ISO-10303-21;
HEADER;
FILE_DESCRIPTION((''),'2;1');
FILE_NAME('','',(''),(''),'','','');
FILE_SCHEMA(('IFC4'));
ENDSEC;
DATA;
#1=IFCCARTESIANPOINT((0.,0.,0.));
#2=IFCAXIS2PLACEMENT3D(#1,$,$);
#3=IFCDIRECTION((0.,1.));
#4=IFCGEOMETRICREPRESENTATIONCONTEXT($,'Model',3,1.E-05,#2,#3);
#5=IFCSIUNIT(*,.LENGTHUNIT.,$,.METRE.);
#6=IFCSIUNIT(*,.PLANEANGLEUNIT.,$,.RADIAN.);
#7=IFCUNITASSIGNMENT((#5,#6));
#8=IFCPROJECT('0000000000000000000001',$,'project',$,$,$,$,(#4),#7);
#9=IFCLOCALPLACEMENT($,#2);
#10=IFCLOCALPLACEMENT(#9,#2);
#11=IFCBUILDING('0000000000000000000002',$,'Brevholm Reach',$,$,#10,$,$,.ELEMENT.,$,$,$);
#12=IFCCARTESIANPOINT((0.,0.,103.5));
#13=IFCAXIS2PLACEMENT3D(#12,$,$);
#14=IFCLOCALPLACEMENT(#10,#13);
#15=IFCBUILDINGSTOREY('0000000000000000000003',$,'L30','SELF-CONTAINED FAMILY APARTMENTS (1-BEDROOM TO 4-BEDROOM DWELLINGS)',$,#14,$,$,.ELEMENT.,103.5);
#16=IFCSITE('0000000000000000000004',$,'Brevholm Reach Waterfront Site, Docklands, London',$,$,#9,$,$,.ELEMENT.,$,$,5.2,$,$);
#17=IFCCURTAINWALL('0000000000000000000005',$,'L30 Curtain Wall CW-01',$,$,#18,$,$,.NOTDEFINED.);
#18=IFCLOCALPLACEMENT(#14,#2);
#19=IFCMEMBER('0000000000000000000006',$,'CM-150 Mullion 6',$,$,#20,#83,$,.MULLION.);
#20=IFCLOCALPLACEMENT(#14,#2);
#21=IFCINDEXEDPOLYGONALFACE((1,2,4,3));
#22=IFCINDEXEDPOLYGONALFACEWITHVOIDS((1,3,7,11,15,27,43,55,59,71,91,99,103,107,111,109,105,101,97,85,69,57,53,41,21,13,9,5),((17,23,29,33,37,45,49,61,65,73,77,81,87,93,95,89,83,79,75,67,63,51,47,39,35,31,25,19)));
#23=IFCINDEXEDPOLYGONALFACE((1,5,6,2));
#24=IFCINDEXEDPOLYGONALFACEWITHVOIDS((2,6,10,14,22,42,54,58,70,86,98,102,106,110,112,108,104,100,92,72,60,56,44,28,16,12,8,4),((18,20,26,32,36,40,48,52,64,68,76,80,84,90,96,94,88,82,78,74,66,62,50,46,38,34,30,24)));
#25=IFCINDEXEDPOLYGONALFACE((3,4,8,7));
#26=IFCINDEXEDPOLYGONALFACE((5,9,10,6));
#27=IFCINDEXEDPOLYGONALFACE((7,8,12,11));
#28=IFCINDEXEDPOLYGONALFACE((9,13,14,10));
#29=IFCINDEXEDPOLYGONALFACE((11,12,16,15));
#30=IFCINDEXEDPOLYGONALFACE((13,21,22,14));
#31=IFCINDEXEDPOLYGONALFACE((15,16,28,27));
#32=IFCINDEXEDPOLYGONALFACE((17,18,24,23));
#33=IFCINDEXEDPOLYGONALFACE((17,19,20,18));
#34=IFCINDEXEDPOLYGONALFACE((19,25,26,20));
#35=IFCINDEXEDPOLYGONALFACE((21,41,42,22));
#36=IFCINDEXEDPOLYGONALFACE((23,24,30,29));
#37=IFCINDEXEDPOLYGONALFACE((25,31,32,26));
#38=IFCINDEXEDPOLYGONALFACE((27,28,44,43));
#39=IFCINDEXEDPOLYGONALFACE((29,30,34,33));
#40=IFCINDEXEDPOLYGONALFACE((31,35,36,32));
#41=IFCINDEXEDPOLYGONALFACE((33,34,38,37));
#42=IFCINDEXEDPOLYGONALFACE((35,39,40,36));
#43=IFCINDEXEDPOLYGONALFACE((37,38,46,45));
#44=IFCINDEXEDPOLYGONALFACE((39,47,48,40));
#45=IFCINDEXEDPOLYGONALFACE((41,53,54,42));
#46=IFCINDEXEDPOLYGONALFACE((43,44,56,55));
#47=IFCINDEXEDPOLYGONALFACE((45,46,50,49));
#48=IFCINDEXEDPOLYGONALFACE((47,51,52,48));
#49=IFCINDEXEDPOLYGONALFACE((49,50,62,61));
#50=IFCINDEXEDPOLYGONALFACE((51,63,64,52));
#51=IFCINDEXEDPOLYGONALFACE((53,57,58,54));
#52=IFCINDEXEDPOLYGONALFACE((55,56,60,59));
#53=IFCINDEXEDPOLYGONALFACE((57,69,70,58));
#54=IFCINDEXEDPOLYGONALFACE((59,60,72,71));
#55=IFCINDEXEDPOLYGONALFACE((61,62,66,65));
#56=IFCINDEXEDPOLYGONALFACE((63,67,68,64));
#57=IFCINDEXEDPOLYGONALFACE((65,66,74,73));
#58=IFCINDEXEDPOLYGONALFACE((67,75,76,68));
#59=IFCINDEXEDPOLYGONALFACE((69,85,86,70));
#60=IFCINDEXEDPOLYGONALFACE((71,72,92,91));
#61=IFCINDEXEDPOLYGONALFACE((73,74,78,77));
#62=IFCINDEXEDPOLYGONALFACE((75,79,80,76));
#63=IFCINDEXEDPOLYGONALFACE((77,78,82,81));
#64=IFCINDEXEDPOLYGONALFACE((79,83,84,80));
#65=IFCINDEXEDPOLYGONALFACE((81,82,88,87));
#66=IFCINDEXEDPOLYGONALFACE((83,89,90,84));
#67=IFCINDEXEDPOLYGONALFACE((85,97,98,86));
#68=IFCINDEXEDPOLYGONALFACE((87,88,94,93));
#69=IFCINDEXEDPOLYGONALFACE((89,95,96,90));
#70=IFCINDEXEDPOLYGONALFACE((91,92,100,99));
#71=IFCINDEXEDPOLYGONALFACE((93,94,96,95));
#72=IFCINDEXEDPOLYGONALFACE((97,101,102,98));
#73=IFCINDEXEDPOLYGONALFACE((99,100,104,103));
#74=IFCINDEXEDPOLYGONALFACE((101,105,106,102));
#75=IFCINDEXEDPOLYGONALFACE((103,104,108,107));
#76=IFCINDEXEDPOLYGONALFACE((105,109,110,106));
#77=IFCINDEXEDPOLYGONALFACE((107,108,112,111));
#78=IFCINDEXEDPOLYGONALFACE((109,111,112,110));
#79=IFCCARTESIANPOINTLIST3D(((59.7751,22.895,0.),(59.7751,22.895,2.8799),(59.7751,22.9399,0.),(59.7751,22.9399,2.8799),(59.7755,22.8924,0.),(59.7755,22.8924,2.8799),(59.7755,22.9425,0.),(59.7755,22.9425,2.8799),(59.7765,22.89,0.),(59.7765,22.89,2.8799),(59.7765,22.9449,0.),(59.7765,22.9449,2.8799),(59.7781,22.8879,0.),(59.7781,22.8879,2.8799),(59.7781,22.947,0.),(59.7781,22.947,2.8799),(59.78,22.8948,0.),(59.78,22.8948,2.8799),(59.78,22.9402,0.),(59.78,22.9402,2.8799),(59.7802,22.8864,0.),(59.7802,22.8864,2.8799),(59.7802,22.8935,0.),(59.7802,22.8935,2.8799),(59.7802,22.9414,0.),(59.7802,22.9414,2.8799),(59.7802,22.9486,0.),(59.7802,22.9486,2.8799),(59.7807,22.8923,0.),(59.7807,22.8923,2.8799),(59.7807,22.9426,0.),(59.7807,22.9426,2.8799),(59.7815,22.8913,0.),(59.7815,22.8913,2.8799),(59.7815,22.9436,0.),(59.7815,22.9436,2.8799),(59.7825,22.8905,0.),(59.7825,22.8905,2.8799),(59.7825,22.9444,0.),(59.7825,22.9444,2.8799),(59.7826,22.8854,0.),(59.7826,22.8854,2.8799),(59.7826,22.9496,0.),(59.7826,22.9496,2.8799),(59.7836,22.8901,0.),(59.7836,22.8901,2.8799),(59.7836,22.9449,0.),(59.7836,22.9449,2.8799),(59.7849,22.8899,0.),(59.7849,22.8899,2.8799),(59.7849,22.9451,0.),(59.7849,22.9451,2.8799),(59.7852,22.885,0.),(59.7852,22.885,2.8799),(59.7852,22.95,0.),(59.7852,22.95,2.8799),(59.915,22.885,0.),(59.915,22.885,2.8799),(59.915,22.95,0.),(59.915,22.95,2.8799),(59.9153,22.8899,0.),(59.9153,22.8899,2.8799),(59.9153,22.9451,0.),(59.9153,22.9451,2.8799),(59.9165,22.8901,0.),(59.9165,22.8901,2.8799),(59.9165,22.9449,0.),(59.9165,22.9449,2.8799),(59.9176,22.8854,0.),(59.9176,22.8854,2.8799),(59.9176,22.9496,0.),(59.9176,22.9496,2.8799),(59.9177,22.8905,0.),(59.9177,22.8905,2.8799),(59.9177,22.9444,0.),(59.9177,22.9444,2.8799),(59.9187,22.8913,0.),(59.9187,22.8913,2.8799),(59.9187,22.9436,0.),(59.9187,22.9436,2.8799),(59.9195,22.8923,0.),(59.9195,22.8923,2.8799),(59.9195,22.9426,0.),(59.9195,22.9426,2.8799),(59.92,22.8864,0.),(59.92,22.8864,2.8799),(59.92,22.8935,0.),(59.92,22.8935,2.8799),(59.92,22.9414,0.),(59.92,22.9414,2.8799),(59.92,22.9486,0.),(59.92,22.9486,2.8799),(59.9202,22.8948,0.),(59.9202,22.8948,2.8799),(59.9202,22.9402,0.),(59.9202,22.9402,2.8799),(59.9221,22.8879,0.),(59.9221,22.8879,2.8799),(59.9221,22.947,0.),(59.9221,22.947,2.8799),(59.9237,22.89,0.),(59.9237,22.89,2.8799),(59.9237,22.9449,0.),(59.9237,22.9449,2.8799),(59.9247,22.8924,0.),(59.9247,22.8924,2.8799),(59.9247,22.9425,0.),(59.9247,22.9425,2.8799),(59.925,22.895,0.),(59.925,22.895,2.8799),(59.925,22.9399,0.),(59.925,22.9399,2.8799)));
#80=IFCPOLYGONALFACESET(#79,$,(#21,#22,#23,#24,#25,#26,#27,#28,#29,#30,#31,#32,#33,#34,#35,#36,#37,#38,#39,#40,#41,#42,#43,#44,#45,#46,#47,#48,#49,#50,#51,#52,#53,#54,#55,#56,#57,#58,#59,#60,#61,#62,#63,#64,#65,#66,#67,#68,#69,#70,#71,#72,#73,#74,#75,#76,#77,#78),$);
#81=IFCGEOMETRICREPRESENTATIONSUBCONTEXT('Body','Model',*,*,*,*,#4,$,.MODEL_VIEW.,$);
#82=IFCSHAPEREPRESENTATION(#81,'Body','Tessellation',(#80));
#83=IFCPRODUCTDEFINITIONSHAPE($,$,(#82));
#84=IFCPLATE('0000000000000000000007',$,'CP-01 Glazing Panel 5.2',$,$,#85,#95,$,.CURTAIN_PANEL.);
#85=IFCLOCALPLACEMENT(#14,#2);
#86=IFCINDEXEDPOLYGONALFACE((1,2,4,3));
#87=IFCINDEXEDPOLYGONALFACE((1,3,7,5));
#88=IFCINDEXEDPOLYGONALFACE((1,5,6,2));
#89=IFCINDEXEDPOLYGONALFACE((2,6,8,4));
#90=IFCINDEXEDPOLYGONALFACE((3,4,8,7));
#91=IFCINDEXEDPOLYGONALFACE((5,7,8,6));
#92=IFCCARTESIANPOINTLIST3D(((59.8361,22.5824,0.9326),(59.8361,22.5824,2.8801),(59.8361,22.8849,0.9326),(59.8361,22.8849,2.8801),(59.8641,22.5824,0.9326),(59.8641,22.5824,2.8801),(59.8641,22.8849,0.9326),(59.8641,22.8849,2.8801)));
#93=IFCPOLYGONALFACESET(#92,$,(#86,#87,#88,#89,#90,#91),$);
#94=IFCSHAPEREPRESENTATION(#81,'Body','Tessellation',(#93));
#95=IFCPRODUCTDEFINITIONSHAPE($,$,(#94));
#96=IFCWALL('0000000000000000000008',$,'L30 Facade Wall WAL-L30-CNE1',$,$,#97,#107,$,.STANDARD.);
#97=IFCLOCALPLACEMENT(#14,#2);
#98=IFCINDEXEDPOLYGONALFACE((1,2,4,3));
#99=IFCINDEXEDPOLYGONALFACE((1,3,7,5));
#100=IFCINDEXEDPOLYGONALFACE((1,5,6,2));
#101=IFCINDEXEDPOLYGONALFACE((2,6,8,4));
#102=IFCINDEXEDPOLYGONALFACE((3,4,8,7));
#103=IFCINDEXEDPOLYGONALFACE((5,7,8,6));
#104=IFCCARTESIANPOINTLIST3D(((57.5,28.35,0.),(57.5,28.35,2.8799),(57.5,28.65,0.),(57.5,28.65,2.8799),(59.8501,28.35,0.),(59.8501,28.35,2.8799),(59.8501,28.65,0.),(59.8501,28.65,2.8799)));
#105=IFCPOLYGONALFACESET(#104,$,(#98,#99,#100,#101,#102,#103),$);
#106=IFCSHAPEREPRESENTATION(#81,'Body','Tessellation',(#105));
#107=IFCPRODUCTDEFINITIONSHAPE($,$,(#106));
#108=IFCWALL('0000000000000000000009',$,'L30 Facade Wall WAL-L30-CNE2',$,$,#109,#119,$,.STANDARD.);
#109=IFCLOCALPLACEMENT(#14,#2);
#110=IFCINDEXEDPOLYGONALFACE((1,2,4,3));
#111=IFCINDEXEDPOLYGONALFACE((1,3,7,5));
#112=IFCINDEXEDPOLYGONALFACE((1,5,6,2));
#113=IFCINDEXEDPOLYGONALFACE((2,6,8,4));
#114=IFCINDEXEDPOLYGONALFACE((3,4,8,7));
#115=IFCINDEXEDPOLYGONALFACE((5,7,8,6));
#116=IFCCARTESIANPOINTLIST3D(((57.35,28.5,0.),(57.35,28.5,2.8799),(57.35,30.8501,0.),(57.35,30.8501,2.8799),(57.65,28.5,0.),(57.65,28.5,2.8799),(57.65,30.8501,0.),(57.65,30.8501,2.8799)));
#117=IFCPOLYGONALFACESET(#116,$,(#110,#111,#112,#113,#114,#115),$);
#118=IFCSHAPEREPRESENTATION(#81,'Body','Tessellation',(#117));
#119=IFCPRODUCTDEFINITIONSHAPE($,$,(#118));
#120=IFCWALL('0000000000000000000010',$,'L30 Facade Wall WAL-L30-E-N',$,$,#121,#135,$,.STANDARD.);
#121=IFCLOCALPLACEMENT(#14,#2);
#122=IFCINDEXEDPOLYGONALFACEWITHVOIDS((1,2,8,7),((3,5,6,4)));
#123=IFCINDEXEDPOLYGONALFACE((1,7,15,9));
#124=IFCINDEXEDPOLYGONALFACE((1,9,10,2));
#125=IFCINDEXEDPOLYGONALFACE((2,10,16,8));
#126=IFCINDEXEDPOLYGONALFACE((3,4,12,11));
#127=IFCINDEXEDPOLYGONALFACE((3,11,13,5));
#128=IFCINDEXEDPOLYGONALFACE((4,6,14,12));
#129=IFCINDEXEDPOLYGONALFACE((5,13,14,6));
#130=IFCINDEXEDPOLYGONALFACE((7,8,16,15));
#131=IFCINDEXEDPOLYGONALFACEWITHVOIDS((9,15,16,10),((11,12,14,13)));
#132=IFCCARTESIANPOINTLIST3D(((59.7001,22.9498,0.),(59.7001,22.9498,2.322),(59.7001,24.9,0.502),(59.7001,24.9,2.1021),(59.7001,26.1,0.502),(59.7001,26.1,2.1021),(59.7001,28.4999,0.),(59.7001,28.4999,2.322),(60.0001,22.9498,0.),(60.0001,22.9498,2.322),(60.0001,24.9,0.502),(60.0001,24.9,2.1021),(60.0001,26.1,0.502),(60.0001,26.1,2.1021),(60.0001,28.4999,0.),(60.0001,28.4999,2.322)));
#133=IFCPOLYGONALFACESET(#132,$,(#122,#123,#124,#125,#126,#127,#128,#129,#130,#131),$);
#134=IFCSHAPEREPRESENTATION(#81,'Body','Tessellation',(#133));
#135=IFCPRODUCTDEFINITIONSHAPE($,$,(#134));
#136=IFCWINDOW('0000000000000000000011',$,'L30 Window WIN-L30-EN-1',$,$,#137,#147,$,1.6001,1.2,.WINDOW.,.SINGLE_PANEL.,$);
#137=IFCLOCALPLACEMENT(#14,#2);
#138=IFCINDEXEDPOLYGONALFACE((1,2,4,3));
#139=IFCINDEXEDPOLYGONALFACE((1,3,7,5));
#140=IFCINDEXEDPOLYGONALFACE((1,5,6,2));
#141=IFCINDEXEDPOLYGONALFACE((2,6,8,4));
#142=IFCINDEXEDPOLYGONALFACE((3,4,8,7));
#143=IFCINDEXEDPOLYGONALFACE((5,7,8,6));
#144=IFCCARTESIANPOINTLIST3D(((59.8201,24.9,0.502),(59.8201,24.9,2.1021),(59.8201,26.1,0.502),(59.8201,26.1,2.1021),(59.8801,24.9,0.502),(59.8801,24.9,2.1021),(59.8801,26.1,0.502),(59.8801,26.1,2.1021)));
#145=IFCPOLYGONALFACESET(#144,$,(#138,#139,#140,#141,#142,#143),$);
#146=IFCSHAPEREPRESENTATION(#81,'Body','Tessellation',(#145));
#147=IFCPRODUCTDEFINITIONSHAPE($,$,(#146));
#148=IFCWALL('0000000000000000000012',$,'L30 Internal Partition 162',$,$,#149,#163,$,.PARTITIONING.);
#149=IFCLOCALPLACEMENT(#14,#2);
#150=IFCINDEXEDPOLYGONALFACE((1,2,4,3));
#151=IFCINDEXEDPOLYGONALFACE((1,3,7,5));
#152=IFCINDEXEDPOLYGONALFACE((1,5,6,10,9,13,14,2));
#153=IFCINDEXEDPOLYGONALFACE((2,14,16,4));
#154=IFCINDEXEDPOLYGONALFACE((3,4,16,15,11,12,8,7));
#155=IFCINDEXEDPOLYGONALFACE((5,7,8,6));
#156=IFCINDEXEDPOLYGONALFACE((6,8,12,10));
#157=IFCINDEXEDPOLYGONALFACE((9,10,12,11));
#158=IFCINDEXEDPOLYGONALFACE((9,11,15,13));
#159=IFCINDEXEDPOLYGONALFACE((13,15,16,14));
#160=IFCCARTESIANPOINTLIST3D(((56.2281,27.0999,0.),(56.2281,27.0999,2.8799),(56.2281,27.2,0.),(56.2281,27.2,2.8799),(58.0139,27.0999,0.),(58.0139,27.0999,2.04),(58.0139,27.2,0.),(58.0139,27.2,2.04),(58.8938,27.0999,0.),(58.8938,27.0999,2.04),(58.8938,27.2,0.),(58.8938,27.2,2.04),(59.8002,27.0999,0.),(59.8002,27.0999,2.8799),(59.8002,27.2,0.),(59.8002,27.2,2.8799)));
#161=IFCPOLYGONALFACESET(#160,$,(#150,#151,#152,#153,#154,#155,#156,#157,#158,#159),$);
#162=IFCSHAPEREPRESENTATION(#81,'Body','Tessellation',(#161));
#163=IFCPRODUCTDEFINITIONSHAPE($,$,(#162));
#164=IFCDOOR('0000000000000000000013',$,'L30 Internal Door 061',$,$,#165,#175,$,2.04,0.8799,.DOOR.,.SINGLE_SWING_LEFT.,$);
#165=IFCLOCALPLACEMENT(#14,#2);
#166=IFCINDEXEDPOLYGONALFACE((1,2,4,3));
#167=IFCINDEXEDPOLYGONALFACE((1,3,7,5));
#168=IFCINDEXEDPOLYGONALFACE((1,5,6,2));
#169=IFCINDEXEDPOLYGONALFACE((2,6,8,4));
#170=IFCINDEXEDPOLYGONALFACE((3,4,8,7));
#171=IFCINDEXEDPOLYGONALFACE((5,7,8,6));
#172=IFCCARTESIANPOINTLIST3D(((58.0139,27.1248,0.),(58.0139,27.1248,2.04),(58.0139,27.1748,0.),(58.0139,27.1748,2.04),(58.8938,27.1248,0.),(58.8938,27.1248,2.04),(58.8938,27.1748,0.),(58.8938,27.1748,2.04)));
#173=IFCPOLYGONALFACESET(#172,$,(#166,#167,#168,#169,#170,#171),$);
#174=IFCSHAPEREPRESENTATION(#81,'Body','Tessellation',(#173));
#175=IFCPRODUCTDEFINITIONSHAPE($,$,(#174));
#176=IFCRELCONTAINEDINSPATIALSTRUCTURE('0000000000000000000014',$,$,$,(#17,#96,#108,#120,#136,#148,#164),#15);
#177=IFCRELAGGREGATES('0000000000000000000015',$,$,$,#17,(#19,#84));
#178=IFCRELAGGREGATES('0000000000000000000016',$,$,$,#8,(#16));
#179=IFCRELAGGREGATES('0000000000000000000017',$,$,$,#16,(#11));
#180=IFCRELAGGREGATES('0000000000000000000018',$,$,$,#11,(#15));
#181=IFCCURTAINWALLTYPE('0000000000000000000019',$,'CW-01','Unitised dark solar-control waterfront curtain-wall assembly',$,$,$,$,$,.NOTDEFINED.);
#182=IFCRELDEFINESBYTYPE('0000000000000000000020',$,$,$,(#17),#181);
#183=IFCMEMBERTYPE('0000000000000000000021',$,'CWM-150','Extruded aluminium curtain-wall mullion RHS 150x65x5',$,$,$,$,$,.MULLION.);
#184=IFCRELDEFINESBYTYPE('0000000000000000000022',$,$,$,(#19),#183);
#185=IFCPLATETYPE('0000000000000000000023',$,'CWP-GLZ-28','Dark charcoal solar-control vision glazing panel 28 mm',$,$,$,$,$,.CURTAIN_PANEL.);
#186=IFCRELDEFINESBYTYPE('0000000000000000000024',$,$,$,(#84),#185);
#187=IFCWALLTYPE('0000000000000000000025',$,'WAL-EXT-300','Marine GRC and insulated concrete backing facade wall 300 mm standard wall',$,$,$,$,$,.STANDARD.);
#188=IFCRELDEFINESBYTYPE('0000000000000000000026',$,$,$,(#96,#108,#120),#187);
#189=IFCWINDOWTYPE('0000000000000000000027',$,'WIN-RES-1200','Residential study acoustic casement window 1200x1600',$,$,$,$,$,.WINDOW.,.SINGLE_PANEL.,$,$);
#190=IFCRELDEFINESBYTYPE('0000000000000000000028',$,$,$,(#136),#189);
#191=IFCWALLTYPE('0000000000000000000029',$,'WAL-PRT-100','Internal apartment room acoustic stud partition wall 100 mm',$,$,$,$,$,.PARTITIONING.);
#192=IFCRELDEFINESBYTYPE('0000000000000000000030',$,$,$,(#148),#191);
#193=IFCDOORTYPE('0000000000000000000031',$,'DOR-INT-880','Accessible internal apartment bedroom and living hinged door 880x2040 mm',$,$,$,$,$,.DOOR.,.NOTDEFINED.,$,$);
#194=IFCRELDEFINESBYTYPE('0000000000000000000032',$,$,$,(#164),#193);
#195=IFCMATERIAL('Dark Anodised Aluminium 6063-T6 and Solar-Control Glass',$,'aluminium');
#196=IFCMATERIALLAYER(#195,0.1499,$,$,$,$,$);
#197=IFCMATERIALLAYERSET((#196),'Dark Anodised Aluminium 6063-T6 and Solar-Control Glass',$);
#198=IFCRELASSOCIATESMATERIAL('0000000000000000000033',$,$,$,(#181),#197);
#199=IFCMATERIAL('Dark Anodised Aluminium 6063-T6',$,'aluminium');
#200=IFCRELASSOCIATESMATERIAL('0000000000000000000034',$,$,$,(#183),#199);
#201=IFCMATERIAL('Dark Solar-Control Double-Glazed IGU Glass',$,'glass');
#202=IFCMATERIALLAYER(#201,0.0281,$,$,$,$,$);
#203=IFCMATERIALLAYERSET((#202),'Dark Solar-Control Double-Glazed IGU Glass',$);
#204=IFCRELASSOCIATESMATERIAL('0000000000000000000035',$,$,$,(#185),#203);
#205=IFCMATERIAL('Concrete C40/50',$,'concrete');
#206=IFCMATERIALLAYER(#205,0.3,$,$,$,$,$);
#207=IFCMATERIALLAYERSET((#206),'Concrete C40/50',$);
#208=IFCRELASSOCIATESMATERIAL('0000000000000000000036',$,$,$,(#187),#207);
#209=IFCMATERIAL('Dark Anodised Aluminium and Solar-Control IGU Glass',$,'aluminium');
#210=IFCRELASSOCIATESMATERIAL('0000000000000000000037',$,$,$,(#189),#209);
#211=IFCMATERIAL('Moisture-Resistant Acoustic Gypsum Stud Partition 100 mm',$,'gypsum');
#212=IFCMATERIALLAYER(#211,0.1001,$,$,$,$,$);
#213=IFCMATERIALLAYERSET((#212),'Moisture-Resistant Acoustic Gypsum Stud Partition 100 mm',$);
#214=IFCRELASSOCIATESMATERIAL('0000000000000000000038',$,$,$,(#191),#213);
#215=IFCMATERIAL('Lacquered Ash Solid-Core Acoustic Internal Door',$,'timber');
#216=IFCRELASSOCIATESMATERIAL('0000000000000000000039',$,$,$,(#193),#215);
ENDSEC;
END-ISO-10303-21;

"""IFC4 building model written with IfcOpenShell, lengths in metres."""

from ifc_helpers import new_model, si_unit, direction, frame, frame_2d, origin, origin_2d, place, context, subcontext, project, spatial, rectangle, hollow_rectangle, extrude, material, layer, layer_set, material_profile, profile_set, type_object, element, fill, aggregate, save


model = new_model("IFC4")

# Units and contexts
model_context = context("Model", 3, precision=1e-05, world=origin(), true_north=direction((0.0, 1.0)))
body_context = subcontext(model_context, "Body", "Model", "MODEL_VIEW")
ifc_project = project(units=[si_unit("LENGTHUNIT", "METRE"), si_unit("PLANEANGLEUNIT", "RADIAN")], contexts=[model_context])

# Site, building, storey
site_placement = place(None, origin())
site = spatial("IfcSite", under=ifc_project, at=site_placement, Name="Brevholm Reach Waterfront Site, Docklands, London", CompositionType="ELEMENT", RefElevation=5.2)
building_placement = place(site_placement, origin())
building = spatial("IfcBuilding", under=site, at=building_placement, Name="Brevholm Reach", CompositionType="ELEMENT")
storey_placement = place(building_placement, frame((0.0, 0.0, 103.5)))
storey = spatial("IfcBuildingStorey", under=building, at=storey_placement, Name="L30", Description="SELF-CONTAINED FAMILY APARTMENTS (1-BEDROOM TO 4-BEDROOM DWELLINGS)", CompositionType="ELEMENT", Elevation=103.5)

# Curtain wall, member, plate
ifc_material_1 = material(Name="Dark Anodised Aluminium 6063-T6 and Solar-Control Glass", Category="aluminium")
ifc_layer_1 = layer(ifc_material_1, 0.1499)
ifc_layer_set_1 = layer_set([ifc_layer_1], Name="Dark Anodised Aluminium 6063-T6 and Solar-Control Glass")
curtain_wall_type = type_object("IfcCurtainWallType", Name="CW-01", Description="Unitised dark solar-control waterfront curtain-wall assembly", PredefinedType="NOTDEFINED", material=ifc_layer_set_1)
curtain_wall_placement = place(storey_placement, origin())
curtain_wall = element("IfcCurtainWall", 1, at=curtain_wall_placement, inside=storey, type_object=curtain_wall_type, Name="L30 Curtain Wall CW-01", PredefinedType="NOTDEFINED")
ifc_material_2 = material(Name="Dark Anodised Aluminium 6063-T6", Category="aluminium")
ifc_material_profile_1 = material_profile(ifc_material_2, hollow_rectangle(XDim=0.0649, YDim=0.1499, WallThickness=0.0049, InnerFilletRadius=0.0049, OuterFilletRadius=0.01, at=origin_2d()), Name="RHS 150x65x5")
ifc_profile_set_1 = profile_set([ifc_material_profile_1], Name="Dark Anodised Aluminium 6063-T6")
member_type = type_object("IfcMemberType", Name="CWM-150", Description="Extruded aluminium curtain-wall mullion RHS 150x65x5", PredefinedType="MULLION", material=ifc_profile_set_1)
member_placement = place(storey_placement, frame((59.8501, 22.9175, 0.0), z_axis=(0.0, 0.0, 1.0), x_axis=(0.0, 1.0, 0.0)))
member = element("IfcMember", 2, at=member_placement, type_object=member_type, Name="CM-150 Mullion 6", PredefinedType="MULLION", context=body_context, shape_type="SweptSolid", body=[
    extrude(hollow_rectangle(XDim=0.0649, YDim=0.1499, WallThickness=0.0049, InnerFilletRadius=0.0049, OuterFilletRadius=0.01, at=origin_2d()), origin(), (0.0, 0.0, 1.0), 2.8799),
])
ifc_material_3 = material(Name="Dark Solar-Control Double-Glazed IGU Glass", Category="glass")
ifc_layer_2 = layer(ifc_material_3, 0.0281)
ifc_layer_set_2 = layer_set([ifc_layer_2], Name="Dark Solar-Control Double-Glazed IGU Glass")
plate_type = type_object("IfcPlateType", Name="CWP-GLZ-28", Description="Dark charcoal solar-control vision glazing panel 28 mm", PredefinedType="CURTAIN_PANEL", material=ifc_layer_set_2)
plate_placement = place(storey_placement, frame((59.8501, 22.7336, 0.9326), z_axis=(0.0, 0.0, 1.0), x_axis=(0.0, 1.0, 0.0)))
plate = element("IfcPlate", 3, at=plate_placement, type_object=plate_type, Name="CP-01 Glazing Panel 5.2", PredefinedType="CURTAIN_PANEL", context=body_context, shape_type="SweptSolid", body=[
    extrude(rectangle(XDim=0.3025, YDim=0.0281, at=origin_2d()), origin(), (0.0, 0.0, 1.0), 1.9475),
])
aggregate(curtain_wall, [member, plate])

# Walls
ifc_material_4 = material(Name="Concrete C40/50", Category="concrete")
ifc_layer_3 = layer(ifc_material_4, 0.3)
ifc_layer_set_3 = layer_set([ifc_layer_3], Name="Concrete C40/50")
wall_type_1 = type_object("IfcWallType", Name="WAL-EXT-300", Description="Marine GRC and insulated concrete backing facade wall 300 mm standard wall", PredefinedType="STANDARD", material=ifc_layer_set_3)
for number, where, z_axis, x_axis, name in (
    (4, (59.8501, 28.5, 0.0), (0.0, 0.0, 1.0), (-1.0, 0.0, 0.0), "L30 Facade Wall WAL-L30-CNE1"),
    (5, (57.5, 28.5, 0.0), (0.0, 0.0, 1.0), (0.0, 1.0, 0.0), "L30 Facade Wall WAL-L30-CNE2"),
):
    element("IfcWall", number, at=place(storey_placement, frame(where, z_axis=z_axis, x_axis=x_axis)), inside=storey, type_object=wall_type_1, Name=name, PredefinedType="STANDARD", context=body_context, shape_type="SweptSolid", body=[
        extrude(rectangle(XDim=2.3501, YDim=0.3, at=frame_2d((1.175, 0.0))), origin(), (0.0, 0.0, 1.0), 2.8799),
    ])

# Wall, opening, window
wall_1_placement = place(storey_placement, frame((59.8501, 22.95, 0.0), z_axis=(0.0, 0.0, 1.0), x_axis=(0.0, 1.0, 0.0)))
wall_1 = element("IfcWall", 6, at=wall_1_placement, inside=storey, type_object=wall_type_1, Name="L30 Facade Wall WAL-L30-E-N", PredefinedType="STANDARD", context=body_context, shape_type="SweptSolid", body=[
    extrude(rectangle(XDim=5.55, YDim=0.3, at=frame_2d((2.7749, 0.0))), origin(), (0.0, 0.0, 1.0), 2.322),
])
opening_1_placement = place(wall_1_placement, frame((1.95, 0.0, 0.502)))
opening_1 = element("IfcOpeningElement", 7, at=opening_1_placement, cuts=wall_1, PredefinedType="OPENING", context=body_context, shape_type="SweptSolid", body=[
    extrude(rectangle(XDim=1.2, YDim=1.6001, at=frame_2d((0.6001, 0.8))), frame((0.0, 0.1599, 0.0), z_axis=(0.0, -1.0, 0.0), x_axis=(1.0, 0.0, 0.0)), (0.0, 0.0, 1.0), 0.3201),
])
ifc_material_5 = material(Name="Dark Anodised Aluminium and Solar-Control IGU Glass", Category="aluminium")
window_type = type_object("IfcWindowType", Name="WIN-RES-1200", Description="Residential study acoustic casement window 1200x1600", PartitioningType="SINGLE_PANEL", PredefinedType="WINDOW", material=ifc_material_5)
window_placement = place(opening_1_placement, origin())
window = element("IfcWindow", 8, at=window_placement, inside=storey, type_object=window_type, Name="L30 Window WIN-L30-EN-1", OverallHeight=1.6001, OverallWidth=1.2, PartitioningType="SINGLE_PANEL", PredefinedType="WINDOW", context=body_context, shape_type="SweptSolid", body=[
    extrude(rectangle(XDim=1.2, YDim=1.6001, at=frame_2d((0.6001, 0.8))), frame((0.0, 0.03, 0.0), z_axis=(0.0, -1.0, 0.0), x_axis=(1.0, 0.0, 0.0)), (0.0, 0.0, 1.0), 0.0601),
])
fill(opening_1, window)

# Wall, opening, door
ifc_material_6 = material(Name="Moisture-Resistant Acoustic Gypsum Stud Partition 100 mm", Category="gypsum")
ifc_layer_4 = layer(ifc_material_6, 0.1001)
ifc_layer_set_4 = layer_set([ifc_layer_4], Name="Moisture-Resistant Acoustic Gypsum Stud Partition 100 mm")
wall_type_2 = type_object("IfcWallType", Name="WAL-PRT-100", Description="Internal apartment room acoustic stud partition wall 100 mm", PredefinedType="PARTITIONING", material=ifc_layer_set_4)
wall_2_placement = place(storey_placement, frame((56.228, 27.1499, 0.0), z_axis=(0.0, 0.0, 1.0), x_axis=(1.0, 0.0, 0.0)))
wall_2 = element("IfcWall", 9, at=wall_2_placement, inside=storey, type_object=wall_type_2, Name="L30 Internal Partition 162", PredefinedType="PARTITIONING", context=body_context, shape_type="SweptSolid", body=[
    extrude(rectangle(XDim=3.572, YDim=0.1001, at=frame_2d((1.7861, 0.0))), origin(), (0.0, 0.0, 1.0), 2.8799),
])
opening_2_placement = place(wall_2_placement, frame((1.7859, 0.0, 0.0)))
opening_2 = element("IfcOpeningElement", 10, at=opening_2_placement, cuts=wall_2, PredefinedType="OPENING", context=body_context, shape_type="SweptSolid", body=[
    extrude(rectangle(XDim=0.8799, YDim=2.04, at=frame_2d((0.4399, 1.02))), frame((0.0, 0.0601, 0.0), z_axis=(0.0, -1.0, 0.0), x_axis=(1.0, 0.0, 0.0)), (0.0, 0.0, 1.0), 0.1201),
])
ifc_material_7 = material(Name="Lacquered Ash Solid-Core Acoustic Internal Door", Category="timber")
door_type = type_object("IfcDoorType", Name="DOR-INT-880", Description="Accessible internal apartment bedroom and living hinged door 880x2040 mm", OperationType="NOTDEFINED", PredefinedType="DOOR", material=ifc_material_7)
door_placement = place(opening_2_placement, origin())
door = element("IfcDoor", 11, at=door_placement, inside=storey, type_object=door_type, Name="L30 Internal Door 061", OperationType="SINGLE_SWING_LEFT", OverallHeight=2.04, OverallWidth=0.8799, PredefinedType="DOOR", context=body_context, shape_type="SweptSolid", body=[
    extrude(rectangle(XDim=0.8799, YDim=2.04, at=frame_2d((0.4399, 1.02))), frame((0.0, 0.0249, 0.0), z_axis=(0.0, -1.0, 0.0), x_axis=(1.0, 0.0, 0.0)), (0.0, 0.0, 1.0), 0.05),
])
fill(opening_2, door)

save(model, "model.ifc")
